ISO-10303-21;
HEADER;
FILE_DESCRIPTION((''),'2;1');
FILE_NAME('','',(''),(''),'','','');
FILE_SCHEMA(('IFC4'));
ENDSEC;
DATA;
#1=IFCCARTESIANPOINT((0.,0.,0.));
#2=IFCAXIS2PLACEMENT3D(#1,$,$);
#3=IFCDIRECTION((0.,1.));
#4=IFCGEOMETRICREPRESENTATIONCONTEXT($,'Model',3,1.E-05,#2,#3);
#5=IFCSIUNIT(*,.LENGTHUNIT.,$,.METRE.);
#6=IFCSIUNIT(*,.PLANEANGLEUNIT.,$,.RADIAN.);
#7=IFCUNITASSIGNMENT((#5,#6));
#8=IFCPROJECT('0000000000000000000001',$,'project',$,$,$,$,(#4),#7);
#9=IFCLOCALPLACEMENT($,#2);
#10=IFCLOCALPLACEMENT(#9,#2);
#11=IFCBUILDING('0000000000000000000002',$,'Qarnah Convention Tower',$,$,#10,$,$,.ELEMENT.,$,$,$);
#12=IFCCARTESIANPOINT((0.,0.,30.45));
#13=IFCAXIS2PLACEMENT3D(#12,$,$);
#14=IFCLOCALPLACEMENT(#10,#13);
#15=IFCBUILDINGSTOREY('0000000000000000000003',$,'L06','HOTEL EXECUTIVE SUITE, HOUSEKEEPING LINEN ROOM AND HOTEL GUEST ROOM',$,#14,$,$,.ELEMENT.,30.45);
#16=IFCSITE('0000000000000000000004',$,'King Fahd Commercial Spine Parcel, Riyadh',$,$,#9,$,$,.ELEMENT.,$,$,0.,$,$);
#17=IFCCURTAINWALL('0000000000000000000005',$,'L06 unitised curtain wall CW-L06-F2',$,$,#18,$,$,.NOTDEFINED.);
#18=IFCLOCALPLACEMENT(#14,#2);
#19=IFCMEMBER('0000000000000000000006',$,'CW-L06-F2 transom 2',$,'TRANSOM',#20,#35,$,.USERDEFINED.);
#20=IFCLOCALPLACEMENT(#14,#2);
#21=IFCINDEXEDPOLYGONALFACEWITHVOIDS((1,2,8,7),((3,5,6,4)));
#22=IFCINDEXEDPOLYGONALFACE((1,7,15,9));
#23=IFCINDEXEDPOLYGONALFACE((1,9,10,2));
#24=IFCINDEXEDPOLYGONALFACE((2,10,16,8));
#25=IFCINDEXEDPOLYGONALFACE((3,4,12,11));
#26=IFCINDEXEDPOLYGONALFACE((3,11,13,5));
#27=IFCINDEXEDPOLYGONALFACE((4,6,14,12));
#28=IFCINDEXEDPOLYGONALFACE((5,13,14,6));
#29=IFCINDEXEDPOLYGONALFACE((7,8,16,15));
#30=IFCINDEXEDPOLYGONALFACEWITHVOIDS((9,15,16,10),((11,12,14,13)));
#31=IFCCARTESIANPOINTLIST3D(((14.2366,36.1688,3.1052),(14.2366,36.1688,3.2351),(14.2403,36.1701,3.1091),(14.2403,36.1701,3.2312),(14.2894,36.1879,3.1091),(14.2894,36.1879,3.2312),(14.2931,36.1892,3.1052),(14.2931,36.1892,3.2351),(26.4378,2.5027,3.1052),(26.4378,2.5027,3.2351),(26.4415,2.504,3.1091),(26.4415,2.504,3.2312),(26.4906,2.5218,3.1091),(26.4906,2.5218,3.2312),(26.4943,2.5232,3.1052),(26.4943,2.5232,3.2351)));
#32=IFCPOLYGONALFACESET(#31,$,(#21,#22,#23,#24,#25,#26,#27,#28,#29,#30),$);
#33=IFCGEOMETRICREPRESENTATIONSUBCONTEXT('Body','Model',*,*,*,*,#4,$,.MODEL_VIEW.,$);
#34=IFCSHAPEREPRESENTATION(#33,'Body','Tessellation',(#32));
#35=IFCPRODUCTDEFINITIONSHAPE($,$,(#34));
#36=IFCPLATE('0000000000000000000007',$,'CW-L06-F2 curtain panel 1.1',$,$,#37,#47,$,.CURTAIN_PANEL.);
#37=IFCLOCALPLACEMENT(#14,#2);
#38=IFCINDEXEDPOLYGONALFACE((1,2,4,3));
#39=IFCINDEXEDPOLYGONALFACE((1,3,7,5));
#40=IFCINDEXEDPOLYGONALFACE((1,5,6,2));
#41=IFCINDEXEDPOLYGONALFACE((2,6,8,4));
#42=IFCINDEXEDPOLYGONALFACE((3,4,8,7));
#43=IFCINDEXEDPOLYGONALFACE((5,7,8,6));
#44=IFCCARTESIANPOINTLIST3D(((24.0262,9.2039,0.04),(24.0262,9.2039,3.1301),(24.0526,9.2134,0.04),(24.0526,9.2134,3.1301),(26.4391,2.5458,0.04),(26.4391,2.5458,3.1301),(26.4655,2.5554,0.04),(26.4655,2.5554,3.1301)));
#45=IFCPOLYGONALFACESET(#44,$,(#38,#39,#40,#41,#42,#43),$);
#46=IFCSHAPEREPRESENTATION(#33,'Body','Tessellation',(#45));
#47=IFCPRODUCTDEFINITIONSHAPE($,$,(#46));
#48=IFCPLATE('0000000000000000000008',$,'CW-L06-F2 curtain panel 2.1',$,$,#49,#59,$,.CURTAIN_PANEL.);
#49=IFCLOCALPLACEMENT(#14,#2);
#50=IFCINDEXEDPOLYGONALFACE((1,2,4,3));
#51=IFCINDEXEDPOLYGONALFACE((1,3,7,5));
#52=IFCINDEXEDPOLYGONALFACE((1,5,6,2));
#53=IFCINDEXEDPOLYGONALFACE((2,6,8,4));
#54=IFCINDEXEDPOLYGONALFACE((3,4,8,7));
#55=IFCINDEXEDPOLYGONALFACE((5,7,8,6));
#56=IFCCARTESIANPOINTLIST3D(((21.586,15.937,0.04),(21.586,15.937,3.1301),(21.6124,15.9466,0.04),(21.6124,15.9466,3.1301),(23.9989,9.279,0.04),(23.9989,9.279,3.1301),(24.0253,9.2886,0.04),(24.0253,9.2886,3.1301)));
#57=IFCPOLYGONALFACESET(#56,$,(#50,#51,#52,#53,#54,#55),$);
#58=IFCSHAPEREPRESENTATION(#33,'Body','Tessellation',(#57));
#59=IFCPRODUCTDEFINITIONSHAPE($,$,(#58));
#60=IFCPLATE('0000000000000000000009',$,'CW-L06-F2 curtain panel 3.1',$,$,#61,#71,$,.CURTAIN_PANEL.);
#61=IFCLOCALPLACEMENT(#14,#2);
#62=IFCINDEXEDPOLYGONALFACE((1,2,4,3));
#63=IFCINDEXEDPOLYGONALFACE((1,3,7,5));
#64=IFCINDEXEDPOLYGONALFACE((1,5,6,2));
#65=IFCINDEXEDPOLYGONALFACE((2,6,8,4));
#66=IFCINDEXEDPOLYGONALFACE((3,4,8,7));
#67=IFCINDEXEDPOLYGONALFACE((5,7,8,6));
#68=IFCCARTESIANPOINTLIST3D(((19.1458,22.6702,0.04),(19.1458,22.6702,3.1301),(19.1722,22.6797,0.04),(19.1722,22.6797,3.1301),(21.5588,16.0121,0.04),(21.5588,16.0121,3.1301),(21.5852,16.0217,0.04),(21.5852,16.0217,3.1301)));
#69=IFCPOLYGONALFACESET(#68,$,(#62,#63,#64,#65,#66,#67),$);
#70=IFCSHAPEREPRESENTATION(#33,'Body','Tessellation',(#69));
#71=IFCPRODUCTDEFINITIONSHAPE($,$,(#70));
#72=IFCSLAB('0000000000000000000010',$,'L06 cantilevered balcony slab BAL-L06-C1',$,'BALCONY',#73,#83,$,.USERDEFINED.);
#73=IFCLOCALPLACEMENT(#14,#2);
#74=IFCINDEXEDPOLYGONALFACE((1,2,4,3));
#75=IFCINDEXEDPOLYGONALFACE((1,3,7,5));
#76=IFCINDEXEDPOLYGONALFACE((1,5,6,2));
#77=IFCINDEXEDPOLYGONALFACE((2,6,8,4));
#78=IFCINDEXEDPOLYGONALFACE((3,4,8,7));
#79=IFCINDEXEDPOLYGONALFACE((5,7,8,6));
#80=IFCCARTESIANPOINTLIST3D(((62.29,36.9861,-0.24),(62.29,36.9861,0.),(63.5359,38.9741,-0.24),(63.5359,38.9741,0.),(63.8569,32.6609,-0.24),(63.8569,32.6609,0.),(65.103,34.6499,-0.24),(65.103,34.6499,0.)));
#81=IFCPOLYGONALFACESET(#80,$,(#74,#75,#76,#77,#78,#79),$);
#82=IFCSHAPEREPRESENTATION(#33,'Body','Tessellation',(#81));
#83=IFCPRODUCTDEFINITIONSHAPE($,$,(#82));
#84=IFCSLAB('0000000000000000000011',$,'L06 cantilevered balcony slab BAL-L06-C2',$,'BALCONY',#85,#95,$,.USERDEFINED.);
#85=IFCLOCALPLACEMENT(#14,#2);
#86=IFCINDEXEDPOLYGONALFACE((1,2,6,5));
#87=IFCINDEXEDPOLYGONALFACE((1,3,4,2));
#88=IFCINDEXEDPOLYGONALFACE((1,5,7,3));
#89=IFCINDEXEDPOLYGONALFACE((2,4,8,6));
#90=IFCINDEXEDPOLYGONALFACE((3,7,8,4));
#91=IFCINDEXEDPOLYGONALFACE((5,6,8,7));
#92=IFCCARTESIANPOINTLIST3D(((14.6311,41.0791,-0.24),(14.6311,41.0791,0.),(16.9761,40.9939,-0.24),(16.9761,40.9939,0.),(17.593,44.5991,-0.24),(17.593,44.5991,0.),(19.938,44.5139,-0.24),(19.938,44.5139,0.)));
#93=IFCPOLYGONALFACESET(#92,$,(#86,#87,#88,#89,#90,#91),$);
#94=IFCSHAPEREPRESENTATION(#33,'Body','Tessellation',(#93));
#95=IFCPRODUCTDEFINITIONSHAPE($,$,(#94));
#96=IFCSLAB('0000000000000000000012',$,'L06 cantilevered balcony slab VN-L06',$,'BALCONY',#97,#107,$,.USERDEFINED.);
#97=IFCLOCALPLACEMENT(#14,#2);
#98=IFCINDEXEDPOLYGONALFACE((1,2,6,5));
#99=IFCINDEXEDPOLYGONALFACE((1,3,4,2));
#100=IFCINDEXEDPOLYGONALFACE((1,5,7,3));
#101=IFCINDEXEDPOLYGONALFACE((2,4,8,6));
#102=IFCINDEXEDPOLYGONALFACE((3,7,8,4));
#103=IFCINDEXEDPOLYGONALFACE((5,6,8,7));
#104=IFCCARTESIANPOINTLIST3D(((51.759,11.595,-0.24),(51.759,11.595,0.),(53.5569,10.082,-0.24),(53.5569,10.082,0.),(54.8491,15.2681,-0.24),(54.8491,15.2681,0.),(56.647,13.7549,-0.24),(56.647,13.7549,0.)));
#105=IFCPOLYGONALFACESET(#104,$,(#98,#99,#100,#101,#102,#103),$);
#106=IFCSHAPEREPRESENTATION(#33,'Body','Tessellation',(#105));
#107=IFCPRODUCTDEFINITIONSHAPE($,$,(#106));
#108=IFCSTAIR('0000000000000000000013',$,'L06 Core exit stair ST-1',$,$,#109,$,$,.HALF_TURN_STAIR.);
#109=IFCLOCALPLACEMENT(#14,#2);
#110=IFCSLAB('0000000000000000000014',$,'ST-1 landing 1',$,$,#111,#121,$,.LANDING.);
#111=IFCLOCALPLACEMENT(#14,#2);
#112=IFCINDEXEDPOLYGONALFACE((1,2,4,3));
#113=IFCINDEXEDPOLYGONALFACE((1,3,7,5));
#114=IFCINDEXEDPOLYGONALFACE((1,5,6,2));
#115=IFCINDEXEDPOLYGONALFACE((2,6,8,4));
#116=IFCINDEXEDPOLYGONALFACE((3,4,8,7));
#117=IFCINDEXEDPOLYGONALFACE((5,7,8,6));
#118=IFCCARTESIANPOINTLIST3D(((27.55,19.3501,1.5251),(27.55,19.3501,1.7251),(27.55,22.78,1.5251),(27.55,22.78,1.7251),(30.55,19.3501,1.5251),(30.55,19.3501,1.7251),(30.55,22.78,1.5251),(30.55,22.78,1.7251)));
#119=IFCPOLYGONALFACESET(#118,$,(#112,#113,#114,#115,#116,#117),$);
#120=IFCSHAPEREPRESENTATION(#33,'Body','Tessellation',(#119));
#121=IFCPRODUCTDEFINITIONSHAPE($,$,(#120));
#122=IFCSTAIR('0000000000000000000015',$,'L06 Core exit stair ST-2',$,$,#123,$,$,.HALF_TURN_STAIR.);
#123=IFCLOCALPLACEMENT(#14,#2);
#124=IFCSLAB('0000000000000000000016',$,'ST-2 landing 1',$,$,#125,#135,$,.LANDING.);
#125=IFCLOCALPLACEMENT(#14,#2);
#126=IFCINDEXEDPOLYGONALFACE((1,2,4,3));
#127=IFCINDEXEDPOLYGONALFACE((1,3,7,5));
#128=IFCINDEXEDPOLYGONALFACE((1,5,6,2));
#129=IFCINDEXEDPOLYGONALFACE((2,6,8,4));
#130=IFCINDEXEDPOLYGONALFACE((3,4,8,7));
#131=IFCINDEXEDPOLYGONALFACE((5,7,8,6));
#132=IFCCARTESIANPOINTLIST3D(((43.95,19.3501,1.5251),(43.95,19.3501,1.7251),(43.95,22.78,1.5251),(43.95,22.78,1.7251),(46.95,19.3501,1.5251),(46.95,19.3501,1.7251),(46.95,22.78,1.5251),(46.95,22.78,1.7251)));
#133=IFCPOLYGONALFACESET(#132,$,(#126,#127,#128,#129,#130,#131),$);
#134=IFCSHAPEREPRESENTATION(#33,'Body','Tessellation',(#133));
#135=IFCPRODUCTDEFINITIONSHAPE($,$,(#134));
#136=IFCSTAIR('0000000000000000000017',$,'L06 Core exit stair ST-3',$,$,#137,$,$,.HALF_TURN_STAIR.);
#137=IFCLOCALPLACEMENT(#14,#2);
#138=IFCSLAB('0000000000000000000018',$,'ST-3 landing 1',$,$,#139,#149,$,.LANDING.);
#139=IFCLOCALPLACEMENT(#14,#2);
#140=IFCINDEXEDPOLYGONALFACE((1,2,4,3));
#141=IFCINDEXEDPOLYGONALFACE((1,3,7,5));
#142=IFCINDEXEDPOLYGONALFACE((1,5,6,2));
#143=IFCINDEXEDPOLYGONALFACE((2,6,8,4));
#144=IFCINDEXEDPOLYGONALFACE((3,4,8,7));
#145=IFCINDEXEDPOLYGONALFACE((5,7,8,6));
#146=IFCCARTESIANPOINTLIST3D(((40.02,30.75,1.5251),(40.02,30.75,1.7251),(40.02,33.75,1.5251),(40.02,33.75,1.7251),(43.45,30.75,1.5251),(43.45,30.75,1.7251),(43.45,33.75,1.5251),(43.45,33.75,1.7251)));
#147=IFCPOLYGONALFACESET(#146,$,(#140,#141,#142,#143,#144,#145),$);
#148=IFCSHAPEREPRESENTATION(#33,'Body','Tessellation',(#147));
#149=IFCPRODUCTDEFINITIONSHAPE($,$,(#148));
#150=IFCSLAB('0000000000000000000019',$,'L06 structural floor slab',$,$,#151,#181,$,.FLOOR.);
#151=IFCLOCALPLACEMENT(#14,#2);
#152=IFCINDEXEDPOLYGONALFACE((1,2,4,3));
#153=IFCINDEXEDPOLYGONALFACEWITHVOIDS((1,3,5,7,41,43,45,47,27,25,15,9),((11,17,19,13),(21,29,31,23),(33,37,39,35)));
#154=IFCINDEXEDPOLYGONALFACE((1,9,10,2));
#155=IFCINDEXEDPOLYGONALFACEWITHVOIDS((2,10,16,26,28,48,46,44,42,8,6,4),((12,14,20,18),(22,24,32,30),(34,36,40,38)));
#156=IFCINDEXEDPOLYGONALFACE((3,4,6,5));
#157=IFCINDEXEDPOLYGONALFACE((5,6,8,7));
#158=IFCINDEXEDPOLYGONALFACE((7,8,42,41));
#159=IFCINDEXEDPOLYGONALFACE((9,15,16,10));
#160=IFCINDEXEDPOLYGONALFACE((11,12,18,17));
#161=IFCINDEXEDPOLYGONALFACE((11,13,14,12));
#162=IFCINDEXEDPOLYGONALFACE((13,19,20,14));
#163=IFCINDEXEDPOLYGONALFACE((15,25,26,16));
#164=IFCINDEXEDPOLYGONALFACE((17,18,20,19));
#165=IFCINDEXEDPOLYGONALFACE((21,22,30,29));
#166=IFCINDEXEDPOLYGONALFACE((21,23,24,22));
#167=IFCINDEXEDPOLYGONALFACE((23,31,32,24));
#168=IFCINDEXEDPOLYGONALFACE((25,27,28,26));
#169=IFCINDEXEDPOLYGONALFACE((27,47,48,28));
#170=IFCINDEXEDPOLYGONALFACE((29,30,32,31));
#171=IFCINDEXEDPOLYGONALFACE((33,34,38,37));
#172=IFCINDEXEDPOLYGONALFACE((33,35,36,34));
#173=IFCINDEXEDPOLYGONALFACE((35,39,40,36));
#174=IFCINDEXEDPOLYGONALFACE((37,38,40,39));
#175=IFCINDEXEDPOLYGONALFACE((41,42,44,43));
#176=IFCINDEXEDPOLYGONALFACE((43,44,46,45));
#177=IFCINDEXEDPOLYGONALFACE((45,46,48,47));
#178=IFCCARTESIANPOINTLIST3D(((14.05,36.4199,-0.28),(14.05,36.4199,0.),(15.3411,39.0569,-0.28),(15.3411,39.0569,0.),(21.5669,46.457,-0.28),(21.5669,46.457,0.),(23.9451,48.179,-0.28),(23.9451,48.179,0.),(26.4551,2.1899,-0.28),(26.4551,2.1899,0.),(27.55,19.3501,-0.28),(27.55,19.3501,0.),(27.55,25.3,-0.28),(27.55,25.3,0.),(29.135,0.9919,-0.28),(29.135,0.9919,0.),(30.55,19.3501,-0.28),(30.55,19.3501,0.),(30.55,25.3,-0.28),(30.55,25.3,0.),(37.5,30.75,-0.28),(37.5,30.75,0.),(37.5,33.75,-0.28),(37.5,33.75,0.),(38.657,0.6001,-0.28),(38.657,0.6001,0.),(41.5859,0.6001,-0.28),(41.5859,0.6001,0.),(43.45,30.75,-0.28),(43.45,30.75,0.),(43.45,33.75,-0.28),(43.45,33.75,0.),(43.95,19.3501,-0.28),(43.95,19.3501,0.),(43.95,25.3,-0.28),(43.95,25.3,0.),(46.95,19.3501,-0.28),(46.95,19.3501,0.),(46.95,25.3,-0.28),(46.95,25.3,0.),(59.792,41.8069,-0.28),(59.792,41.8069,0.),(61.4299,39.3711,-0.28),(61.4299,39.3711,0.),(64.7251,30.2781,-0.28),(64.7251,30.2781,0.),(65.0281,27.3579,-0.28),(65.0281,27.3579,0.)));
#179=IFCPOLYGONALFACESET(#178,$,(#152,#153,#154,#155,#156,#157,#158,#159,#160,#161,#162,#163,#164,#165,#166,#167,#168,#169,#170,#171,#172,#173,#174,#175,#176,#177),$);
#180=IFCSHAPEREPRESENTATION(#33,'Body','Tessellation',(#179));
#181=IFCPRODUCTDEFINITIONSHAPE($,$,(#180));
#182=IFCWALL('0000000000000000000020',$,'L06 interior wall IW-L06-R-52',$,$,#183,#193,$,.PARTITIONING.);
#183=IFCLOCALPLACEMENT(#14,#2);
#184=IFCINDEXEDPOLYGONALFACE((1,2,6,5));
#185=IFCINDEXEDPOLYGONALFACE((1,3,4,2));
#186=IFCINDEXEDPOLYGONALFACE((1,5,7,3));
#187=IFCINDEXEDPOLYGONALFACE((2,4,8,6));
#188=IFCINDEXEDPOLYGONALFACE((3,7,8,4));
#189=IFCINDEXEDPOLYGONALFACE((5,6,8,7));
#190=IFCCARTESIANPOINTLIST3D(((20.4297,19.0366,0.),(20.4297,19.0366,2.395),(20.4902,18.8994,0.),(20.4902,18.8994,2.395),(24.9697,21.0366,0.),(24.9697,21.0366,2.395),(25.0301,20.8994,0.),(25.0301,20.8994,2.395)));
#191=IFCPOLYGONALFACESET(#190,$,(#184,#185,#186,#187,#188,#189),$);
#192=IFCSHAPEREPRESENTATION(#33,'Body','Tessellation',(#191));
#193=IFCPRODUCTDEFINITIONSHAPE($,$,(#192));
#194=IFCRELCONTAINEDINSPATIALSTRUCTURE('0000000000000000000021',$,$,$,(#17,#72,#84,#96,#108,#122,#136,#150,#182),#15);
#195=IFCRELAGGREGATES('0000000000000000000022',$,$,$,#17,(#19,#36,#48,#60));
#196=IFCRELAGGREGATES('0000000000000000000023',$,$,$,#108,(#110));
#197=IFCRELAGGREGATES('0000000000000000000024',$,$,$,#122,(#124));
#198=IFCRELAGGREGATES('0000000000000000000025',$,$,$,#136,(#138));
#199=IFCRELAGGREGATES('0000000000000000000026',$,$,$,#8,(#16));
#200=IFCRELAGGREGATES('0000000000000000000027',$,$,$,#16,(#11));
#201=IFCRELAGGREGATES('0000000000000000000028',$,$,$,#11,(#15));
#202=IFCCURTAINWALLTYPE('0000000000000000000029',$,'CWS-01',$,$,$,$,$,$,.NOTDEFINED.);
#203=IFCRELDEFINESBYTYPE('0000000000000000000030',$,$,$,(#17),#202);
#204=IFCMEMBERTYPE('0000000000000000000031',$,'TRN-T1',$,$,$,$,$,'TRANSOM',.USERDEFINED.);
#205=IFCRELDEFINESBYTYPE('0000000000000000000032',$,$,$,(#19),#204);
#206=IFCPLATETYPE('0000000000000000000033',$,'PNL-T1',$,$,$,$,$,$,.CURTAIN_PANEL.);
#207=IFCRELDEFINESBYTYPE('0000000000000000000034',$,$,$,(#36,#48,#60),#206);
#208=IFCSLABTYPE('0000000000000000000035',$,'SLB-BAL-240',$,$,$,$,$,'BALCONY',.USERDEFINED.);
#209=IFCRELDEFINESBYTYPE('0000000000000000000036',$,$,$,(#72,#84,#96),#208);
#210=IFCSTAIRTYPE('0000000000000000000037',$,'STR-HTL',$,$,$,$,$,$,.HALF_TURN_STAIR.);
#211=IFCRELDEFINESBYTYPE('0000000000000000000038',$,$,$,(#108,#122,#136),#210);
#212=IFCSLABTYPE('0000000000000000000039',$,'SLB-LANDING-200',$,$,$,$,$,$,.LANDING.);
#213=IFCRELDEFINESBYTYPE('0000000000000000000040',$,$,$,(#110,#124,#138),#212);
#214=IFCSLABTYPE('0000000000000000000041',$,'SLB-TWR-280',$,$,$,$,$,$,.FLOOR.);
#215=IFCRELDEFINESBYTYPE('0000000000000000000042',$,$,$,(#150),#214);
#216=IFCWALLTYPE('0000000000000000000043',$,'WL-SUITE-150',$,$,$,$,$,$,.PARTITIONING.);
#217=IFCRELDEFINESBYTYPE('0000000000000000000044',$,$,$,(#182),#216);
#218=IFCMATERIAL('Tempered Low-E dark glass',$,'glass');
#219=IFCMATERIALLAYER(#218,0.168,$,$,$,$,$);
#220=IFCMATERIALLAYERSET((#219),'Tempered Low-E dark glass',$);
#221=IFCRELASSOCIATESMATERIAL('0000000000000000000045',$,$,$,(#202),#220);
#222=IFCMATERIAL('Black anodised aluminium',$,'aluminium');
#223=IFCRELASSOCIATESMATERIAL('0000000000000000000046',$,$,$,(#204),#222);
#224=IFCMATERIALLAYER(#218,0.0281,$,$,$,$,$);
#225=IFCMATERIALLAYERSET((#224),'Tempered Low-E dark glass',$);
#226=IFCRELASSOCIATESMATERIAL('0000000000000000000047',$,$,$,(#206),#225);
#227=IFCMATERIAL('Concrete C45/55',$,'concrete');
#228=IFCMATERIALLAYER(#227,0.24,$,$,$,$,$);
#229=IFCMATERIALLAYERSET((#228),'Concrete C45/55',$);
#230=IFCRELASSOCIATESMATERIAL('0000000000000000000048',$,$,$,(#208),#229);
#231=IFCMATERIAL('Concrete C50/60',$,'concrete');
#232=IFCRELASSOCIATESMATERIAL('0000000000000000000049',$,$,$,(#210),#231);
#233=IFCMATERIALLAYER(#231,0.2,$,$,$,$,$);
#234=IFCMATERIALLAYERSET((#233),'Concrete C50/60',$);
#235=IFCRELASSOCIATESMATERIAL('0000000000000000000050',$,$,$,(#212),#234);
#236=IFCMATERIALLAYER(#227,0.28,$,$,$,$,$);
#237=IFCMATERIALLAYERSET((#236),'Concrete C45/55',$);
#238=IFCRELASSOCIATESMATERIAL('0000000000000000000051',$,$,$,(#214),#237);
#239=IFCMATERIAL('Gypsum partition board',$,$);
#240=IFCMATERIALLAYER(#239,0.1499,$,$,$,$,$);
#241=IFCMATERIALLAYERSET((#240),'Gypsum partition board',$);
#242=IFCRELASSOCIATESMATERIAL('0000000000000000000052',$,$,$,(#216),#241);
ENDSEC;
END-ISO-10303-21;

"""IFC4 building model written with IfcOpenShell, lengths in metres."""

from ifc_helpers import new_model, si_unit, direction, frame, frame_2d, origin, origin_2d, place, context, subcontext, project, spatial, polyline, rectangle, hollow_rectangle, outline, extrude, material, layer, layer_set, material_profile, profile_set, type_object, element, aggregate, save


model = new_model("IFC4")

# Units and contexts
model_context = context("Model", 3, precision=1e-05, world=origin(), true_north=direction((0.0, 1.0)))
body_context = subcontext(model_context, "Body", "Model", "MODEL_VIEW")
ifc_project = project(units=[si_unit("LENGTHUNIT", "METRE"), si_unit("PLANEANGLEUNIT", "RADIAN")], contexts=[model_context])

# Site, building, storey
site_placement = place(None, origin())
site = spatial("IfcSite", under=ifc_project, at=site_placement, Name="King Fahd Commercial Spine Parcel, Riyadh", CompositionType="ELEMENT", RefElevation=0.0)
building_placement = place(site_placement, origin())
building = spatial("IfcBuilding", under=site, at=building_placement, Name="Qarnah Convention Tower", CompositionType="ELEMENT")
storey_placement = place(building_placement, frame((0.0, 0.0, 30.45)))
storey = spatial("IfcBuildingStorey", under=building, at=storey_placement, Name="L06", Description="HOTEL EXECUTIVE SUITE, HOUSEKEEPING LINEN ROOM AND HOTEL GUEST ROOM", CompositionType="ELEMENT", Elevation=30.45)

# Curtain wall, member, plates
ifc_material_1 = material(Name="Tempered Low-E dark glass", Category="glass")
ifc_layer_1 = layer(ifc_material_1, 0.168)
ifc_layer_set_1 = layer_set([ifc_layer_1], Name="Tempered Low-E dark glass")
curtain_wall_type = type_object("IfcCurtainWallType", Name="CWS-01", PredefinedType="NOTDEFINED", material=ifc_layer_set_1)
curtain_wall_placement = place(storey_placement, origin())
curtain_wall = element("IfcCurtainWall", 1, at=curtain_wall_placement, inside=storey, type_object=curtain_wall_type, Name="L06 unitised curtain wall CW-L06-F2", PredefinedType="NOTDEFINED")
ifc_material_2 = material(Name="Black anodised aluminium", Category="aluminium")
ifc_material_profile_1 = material_profile(ifc_material_2, hollow_rectangle(XDim=0.0601, YDim=0.1299, WallThickness=0.0039, at=origin_2d()), Name="TRN-60X130")
ifc_profile_set_1 = profile_set([ifc_material_profile_1], Name="Black anodised aluminium")
member_type_1 = type_object("IfcMemberType", Name="TRN-T1", ElementType="TRANSOM", PredefinedType="USERDEFINED", material=ifc_profile_set_1)
member_1_placement = place(storey_placement, frame((26.4661, 2.5129, 3.1702), z_axis=(-0.340731, 0.940161, 0.0), x_axis=(-0.940161, -0.340731, 0.0)))
member_1 = element("IfcMember", 2, at=member_1_placement, type_object=member_type_1, Name="CW-L06-F2 transom 2", ObjectType="TRANSOM", PredefinedType="USERDEFINED", context=body_context, shape_type="SweptSolid", body=[
    extrude(hollow_rectangle(XDim=0.0601, YDim=0.1299, WallThickness=0.0039, at=origin_2d()), origin(), (0.0, 0.0, 1.0), 35.8088),
])
ifc_layer_2 = layer(ifc_material_1, 0.0281)
ifc_layer_set_2 = layer_set([ifc_layer_2], Name="Tempered Low-E dark glass")
plate_type = type_object("IfcPlateType", Name="PNL-T1", PredefinedType="CURTAIN_PANEL", material=ifc_layer_set_2)
plate_1_placement = place(storey_placement, frame((25.2458, 5.8796, 0.04), z_axis=(0.0, 0.0, 1.0), x_axis=(-0.340727, 0.940162, 0.0)))
plate_1 = element("IfcPlate", 3, at=plate_1_placement, type_object=plate_type, Name="CW-L06-F2 curtain panel 1.1", PredefinedType="CURTAIN_PANEL", context=body_context, shape_type="SweptSolid", body=[
    extrude(rectangle(XDim=7.0818, YDim=0.0281, at=origin_2d()), origin(), (0.0, 0.0, 1.0), 3.0901),
])
plate_2_placement = place(storey_placement, frame((22.8057, 12.6128, 0.04), z_axis=(0.0, 0.0, 1.0), x_axis=(-0.340727, 0.940162, 0.0)))
plate_2 = element("IfcPlate", 4, at=plate_2_placement, type_object=plate_type, Name="CW-L06-F2 curtain panel 2.1", PredefinedType="CURTAIN_PANEL", context=body_context, shape_type="SweptSolid", body=[
    extrude(rectangle(XDim=7.0818, YDim=0.0281, at=origin_2d()), origin(), (0.0, 0.0, 1.0), 3.0901),
])
plate_3_placement = place(storey_placement, frame((20.3655, 19.3459, 0.04), z_axis=(0.0, 0.0, 1.0), x_axis=(-0.340727, 0.940162, 0.0)))
plate_3 = element("IfcPlate", 5, at=plate_3_placement, type_object=plate_type, Name="CW-L06-F2 curtain panel 3.1", PredefinedType="CURTAIN_PANEL", context=body_context, shape_type="SweptSolid", body=[
    extrude(rectangle(XDim=7.0818, YDim=0.0281, at=origin_2d()), origin(), (0.0, 0.0, 1.0), 3.0901),
])
aggregate(curtain_wall, [member_1, plate_1, plate_2, plate_3])

# Slabs
ifc_material_3 = material(Name="Concrete C45/55", Category="concrete")
ifc_layer_3 = layer(ifc_material_3, 0.24)
ifc_layer_set_3 = layer_set([ifc_layer_3], Name="Concrete C45/55")
slab_type_1 = type_object("IfcSlabType", Name="SLB-BAL-240", ElementType="BALCONY", PredefinedType="USERDEFINED", material=ifc_layer_set_3)
slab_1_placement = place(storey_placement, frame((0.0, 0.0, -0.24)))
element("IfcSlab", 6, at=slab_1_placement, inside=storey, type_object=slab_type_1, Name="L06 cantilevered balcony slab BAL-L06-C1", ObjectType="BALCONY", PredefinedType="USERDEFINED", context=body_context, shape_type="SweptSolid", body=[
    extrude(outline(polyline([(63.5359, 38.9741), (65.103, 34.6499), (63.8569, 32.6609), (62.29, 36.9861), (63.5359, 38.9741)])), origin(), (0.0, 0.0, 1.0), 0.24),
])
slab_2_placement = place(storey_placement, frame((0.0, 0.0, -0.24)))
element("IfcSlab", 7, at=slab_2_placement, inside=storey, type_object=slab_type_1, Name="L06 cantilevered balcony slab BAL-L06-C2", ObjectType="BALCONY", PredefinedType="USERDEFINED", context=body_context, shape_type="SweptSolid", body=[
    extrude(outline(polyline([(14.6311, 41.0791), (17.593, 44.5991), (19.938, 44.5139), (16.9761, 40.9939), (14.6311, 41.0791)])), origin(), (0.0, 0.0, 1.0), 0.24),
])
slab_3_placement = place(storey_placement, frame((0.0, 0.0, -0.24)))
element("IfcSlab", 8, at=slab_3_placement, inside=storey, type_object=slab_type_1, Name="L06 cantilevered balcony slab VN-L06", ObjectType="BALCONY", PredefinedType="USERDEFINED", context=body_context, shape_type="SweptSolid", body=[
    extrude(outline(polyline([(54.8491, 15.2681), (56.647, 13.7549), (53.5569, 10.082), (51.759, 11.595), (54.8491, 15.2681)])), origin(), (0.0, 0.0, 1.0), 0.24),
])

# Stairs, slabs
ifc_material_4 = material(Name="Concrete C50/60", Category="concrete")
stair_type = type_object("IfcStairType", Name="STR-HTL", PredefinedType="HALF_TURN_STAIR", material=ifc_material_4)
stair_1_placement = place(storey_placement, origin())
stair_1 = element("IfcStair", 9, at=stair_1_placement, inside=storey, type_object=stair_type, Name="L06 Core exit stair ST-1", PredefinedType="HALF_TURN_STAIR")
ifc_layer_4 = layer(ifc_material_4, 0.2)
ifc_layer_set_4 = layer_set([ifc_layer_4], Name="Concrete C50/60")
slab_type_2 = type_object("IfcSlabType", Name="SLB-LANDING-200", PredefinedType="LANDING", material=ifc_layer_set_4)
slab_4_placement = place(storey_placement, frame((0.0, 0.0, 1.5251)))
slab_4 = element("IfcSlab", 10, at=slab_4_placement, type_object=slab_type_2, Name="ST-1 landing 1", PredefinedType="LANDING", context=body_context, shape_type="SweptSolid", body=[
    extrude(outline(polyline([(27.55, 22.78), (27.55, 19.3501), (30.55, 19.3501), (30.55, 22.78), (27.55, 22.78)])), origin(), (0.0, 0.0, 1.0), 0.2),
])
aggregate(stair_1, [slab_4])
stair_2_placement = place(storey_placement, origin())
stair_2 = element("IfcStair", 11, at=stair_2_placement, inside=storey, type_object=stair_type, Name="L06 Core exit stair ST-2", PredefinedType="HALF_TURN_STAIR")
slab_5_placement = place(storey_placement, frame((0.0, 0.0, 1.5251)))
slab_5 = element("IfcSlab", 12, at=slab_5_placement, type_object=slab_type_2, Name="ST-2 landing 1", PredefinedType="LANDING", context=body_context, shape_type="SweptSolid", body=[
    extrude(outline(polyline([(43.95, 22.78), (43.95, 19.3501), (46.95, 19.3501), (46.95, 22.78), (43.95, 22.78)])), origin(), (0.0, 0.0, 1.0), 0.2),
])
aggregate(stair_2, [slab_5])
stair_3_placement = place(storey_placement, origin())
stair_3 = element("IfcStair", 13, at=stair_3_placement, inside=storey, type_object=stair_type, Name="L06 Core exit stair ST-3", PredefinedType="HALF_TURN_STAIR")
slab_6_placement = place(storey_placement, frame((0.0, 0.0, 1.5251)))
slab_6 = element("IfcSlab", 14, at=slab_6_placement, type_object=slab_type_2, Name="ST-3 landing 1", PredefinedType="LANDING", context=body_context, shape_type="SweptSolid", body=[
    extrude(outline(polyline([(40.02, 30.75), (43.45, 30.75), (43.45, 33.75), (40.02, 33.75), (40.02, 30.75)])), origin(), (0.0, 0.0, 1.0), 0.2),
])
aggregate(stair_3, [slab_6])

# Slab
ifc_layer_5 = layer(ifc_material_3, 0.28)
ifc_layer_set_5 = layer_set([ifc_layer_5], Name="Concrete C45/55")
slab_type_3 = type_object("IfcSlabType", Name="SLB-TWR-280", PredefinedType="FLOOR", material=ifc_layer_set_5)
slab_7_placement = place(storey_placement, frame((0.0, 0.0, -0.28)))
element("IfcSlab", 15, at=slab_7_placement, inside=storey, type_object=slab_type_3, Name="L06 structural floor slab", PredefinedType="FLOOR", context=body_context, shape_type="SweptSolid", body=[
    extrude(outline(polyline([(59.792, 41.8069), (23.9451, 48.179), (21.5669, 46.457), (15.3411, 39.0569), (14.05, 36.4199), (26.4551, 2.1899), (29.135, 0.9919), (38.657, 0.6001), (41.5859, 0.6001), (65.0281, 27.3579), (64.7251, 30.2781), (61.4299, 39.3711), (59.792, 41.8069)]), holes=[polyline([(27.55, 25.3), (27.55, 19.3501), (30.55, 19.3501), (30.55, 25.3), (27.55, 25.3)]), polyline([(43.95, 25.3), (43.95, 19.3501), (46.95, 19.3501), (46.95, 25.3), (43.95, 25.3)]), polyline([(37.5, 30.75), (43.45, 30.75), (43.45, 33.75), (37.5, 33.75), (37.5, 30.75)])]), origin(), (0.0, 0.0, 1.0), 0.28),
])

# Wall
ifc_material_5 = material(Name="Gypsum partition board")
ifc_layer_6 = layer(ifc_material_5, 0.1499)
ifc_layer_set_6 = layer_set([ifc_layer_6], Name="Gypsum partition board")
wall_type_1 = type_object("IfcWallType", Name="WL-SUITE-150", PredefinedType="PARTITIONING", material=ifc_layer_set_6)
wall_1_placement = place(storey_placement, frame((20.46, 18.968, 0.0), z_axis=(0.0, 0.0, 1.0), x_axis=(0.915138, 0.403141, 0.0)))
element("IfcWall", 16, at=wall_1_placement, inside=storey, type_object=wall_type_1, Name="L06 interior wall IW-L06-R-52", PredefinedType="PARTITIONING", context=body_context, shape_type="SweptSolid", body=[
    extrude(rectangle(XDim=4.9609, YDim=0.1499, at=frame_2d((2.4805, 0.0))), origin(), (0.0, 0.0, 1.0), 2.395),
])

save(model, "model.ifc")
